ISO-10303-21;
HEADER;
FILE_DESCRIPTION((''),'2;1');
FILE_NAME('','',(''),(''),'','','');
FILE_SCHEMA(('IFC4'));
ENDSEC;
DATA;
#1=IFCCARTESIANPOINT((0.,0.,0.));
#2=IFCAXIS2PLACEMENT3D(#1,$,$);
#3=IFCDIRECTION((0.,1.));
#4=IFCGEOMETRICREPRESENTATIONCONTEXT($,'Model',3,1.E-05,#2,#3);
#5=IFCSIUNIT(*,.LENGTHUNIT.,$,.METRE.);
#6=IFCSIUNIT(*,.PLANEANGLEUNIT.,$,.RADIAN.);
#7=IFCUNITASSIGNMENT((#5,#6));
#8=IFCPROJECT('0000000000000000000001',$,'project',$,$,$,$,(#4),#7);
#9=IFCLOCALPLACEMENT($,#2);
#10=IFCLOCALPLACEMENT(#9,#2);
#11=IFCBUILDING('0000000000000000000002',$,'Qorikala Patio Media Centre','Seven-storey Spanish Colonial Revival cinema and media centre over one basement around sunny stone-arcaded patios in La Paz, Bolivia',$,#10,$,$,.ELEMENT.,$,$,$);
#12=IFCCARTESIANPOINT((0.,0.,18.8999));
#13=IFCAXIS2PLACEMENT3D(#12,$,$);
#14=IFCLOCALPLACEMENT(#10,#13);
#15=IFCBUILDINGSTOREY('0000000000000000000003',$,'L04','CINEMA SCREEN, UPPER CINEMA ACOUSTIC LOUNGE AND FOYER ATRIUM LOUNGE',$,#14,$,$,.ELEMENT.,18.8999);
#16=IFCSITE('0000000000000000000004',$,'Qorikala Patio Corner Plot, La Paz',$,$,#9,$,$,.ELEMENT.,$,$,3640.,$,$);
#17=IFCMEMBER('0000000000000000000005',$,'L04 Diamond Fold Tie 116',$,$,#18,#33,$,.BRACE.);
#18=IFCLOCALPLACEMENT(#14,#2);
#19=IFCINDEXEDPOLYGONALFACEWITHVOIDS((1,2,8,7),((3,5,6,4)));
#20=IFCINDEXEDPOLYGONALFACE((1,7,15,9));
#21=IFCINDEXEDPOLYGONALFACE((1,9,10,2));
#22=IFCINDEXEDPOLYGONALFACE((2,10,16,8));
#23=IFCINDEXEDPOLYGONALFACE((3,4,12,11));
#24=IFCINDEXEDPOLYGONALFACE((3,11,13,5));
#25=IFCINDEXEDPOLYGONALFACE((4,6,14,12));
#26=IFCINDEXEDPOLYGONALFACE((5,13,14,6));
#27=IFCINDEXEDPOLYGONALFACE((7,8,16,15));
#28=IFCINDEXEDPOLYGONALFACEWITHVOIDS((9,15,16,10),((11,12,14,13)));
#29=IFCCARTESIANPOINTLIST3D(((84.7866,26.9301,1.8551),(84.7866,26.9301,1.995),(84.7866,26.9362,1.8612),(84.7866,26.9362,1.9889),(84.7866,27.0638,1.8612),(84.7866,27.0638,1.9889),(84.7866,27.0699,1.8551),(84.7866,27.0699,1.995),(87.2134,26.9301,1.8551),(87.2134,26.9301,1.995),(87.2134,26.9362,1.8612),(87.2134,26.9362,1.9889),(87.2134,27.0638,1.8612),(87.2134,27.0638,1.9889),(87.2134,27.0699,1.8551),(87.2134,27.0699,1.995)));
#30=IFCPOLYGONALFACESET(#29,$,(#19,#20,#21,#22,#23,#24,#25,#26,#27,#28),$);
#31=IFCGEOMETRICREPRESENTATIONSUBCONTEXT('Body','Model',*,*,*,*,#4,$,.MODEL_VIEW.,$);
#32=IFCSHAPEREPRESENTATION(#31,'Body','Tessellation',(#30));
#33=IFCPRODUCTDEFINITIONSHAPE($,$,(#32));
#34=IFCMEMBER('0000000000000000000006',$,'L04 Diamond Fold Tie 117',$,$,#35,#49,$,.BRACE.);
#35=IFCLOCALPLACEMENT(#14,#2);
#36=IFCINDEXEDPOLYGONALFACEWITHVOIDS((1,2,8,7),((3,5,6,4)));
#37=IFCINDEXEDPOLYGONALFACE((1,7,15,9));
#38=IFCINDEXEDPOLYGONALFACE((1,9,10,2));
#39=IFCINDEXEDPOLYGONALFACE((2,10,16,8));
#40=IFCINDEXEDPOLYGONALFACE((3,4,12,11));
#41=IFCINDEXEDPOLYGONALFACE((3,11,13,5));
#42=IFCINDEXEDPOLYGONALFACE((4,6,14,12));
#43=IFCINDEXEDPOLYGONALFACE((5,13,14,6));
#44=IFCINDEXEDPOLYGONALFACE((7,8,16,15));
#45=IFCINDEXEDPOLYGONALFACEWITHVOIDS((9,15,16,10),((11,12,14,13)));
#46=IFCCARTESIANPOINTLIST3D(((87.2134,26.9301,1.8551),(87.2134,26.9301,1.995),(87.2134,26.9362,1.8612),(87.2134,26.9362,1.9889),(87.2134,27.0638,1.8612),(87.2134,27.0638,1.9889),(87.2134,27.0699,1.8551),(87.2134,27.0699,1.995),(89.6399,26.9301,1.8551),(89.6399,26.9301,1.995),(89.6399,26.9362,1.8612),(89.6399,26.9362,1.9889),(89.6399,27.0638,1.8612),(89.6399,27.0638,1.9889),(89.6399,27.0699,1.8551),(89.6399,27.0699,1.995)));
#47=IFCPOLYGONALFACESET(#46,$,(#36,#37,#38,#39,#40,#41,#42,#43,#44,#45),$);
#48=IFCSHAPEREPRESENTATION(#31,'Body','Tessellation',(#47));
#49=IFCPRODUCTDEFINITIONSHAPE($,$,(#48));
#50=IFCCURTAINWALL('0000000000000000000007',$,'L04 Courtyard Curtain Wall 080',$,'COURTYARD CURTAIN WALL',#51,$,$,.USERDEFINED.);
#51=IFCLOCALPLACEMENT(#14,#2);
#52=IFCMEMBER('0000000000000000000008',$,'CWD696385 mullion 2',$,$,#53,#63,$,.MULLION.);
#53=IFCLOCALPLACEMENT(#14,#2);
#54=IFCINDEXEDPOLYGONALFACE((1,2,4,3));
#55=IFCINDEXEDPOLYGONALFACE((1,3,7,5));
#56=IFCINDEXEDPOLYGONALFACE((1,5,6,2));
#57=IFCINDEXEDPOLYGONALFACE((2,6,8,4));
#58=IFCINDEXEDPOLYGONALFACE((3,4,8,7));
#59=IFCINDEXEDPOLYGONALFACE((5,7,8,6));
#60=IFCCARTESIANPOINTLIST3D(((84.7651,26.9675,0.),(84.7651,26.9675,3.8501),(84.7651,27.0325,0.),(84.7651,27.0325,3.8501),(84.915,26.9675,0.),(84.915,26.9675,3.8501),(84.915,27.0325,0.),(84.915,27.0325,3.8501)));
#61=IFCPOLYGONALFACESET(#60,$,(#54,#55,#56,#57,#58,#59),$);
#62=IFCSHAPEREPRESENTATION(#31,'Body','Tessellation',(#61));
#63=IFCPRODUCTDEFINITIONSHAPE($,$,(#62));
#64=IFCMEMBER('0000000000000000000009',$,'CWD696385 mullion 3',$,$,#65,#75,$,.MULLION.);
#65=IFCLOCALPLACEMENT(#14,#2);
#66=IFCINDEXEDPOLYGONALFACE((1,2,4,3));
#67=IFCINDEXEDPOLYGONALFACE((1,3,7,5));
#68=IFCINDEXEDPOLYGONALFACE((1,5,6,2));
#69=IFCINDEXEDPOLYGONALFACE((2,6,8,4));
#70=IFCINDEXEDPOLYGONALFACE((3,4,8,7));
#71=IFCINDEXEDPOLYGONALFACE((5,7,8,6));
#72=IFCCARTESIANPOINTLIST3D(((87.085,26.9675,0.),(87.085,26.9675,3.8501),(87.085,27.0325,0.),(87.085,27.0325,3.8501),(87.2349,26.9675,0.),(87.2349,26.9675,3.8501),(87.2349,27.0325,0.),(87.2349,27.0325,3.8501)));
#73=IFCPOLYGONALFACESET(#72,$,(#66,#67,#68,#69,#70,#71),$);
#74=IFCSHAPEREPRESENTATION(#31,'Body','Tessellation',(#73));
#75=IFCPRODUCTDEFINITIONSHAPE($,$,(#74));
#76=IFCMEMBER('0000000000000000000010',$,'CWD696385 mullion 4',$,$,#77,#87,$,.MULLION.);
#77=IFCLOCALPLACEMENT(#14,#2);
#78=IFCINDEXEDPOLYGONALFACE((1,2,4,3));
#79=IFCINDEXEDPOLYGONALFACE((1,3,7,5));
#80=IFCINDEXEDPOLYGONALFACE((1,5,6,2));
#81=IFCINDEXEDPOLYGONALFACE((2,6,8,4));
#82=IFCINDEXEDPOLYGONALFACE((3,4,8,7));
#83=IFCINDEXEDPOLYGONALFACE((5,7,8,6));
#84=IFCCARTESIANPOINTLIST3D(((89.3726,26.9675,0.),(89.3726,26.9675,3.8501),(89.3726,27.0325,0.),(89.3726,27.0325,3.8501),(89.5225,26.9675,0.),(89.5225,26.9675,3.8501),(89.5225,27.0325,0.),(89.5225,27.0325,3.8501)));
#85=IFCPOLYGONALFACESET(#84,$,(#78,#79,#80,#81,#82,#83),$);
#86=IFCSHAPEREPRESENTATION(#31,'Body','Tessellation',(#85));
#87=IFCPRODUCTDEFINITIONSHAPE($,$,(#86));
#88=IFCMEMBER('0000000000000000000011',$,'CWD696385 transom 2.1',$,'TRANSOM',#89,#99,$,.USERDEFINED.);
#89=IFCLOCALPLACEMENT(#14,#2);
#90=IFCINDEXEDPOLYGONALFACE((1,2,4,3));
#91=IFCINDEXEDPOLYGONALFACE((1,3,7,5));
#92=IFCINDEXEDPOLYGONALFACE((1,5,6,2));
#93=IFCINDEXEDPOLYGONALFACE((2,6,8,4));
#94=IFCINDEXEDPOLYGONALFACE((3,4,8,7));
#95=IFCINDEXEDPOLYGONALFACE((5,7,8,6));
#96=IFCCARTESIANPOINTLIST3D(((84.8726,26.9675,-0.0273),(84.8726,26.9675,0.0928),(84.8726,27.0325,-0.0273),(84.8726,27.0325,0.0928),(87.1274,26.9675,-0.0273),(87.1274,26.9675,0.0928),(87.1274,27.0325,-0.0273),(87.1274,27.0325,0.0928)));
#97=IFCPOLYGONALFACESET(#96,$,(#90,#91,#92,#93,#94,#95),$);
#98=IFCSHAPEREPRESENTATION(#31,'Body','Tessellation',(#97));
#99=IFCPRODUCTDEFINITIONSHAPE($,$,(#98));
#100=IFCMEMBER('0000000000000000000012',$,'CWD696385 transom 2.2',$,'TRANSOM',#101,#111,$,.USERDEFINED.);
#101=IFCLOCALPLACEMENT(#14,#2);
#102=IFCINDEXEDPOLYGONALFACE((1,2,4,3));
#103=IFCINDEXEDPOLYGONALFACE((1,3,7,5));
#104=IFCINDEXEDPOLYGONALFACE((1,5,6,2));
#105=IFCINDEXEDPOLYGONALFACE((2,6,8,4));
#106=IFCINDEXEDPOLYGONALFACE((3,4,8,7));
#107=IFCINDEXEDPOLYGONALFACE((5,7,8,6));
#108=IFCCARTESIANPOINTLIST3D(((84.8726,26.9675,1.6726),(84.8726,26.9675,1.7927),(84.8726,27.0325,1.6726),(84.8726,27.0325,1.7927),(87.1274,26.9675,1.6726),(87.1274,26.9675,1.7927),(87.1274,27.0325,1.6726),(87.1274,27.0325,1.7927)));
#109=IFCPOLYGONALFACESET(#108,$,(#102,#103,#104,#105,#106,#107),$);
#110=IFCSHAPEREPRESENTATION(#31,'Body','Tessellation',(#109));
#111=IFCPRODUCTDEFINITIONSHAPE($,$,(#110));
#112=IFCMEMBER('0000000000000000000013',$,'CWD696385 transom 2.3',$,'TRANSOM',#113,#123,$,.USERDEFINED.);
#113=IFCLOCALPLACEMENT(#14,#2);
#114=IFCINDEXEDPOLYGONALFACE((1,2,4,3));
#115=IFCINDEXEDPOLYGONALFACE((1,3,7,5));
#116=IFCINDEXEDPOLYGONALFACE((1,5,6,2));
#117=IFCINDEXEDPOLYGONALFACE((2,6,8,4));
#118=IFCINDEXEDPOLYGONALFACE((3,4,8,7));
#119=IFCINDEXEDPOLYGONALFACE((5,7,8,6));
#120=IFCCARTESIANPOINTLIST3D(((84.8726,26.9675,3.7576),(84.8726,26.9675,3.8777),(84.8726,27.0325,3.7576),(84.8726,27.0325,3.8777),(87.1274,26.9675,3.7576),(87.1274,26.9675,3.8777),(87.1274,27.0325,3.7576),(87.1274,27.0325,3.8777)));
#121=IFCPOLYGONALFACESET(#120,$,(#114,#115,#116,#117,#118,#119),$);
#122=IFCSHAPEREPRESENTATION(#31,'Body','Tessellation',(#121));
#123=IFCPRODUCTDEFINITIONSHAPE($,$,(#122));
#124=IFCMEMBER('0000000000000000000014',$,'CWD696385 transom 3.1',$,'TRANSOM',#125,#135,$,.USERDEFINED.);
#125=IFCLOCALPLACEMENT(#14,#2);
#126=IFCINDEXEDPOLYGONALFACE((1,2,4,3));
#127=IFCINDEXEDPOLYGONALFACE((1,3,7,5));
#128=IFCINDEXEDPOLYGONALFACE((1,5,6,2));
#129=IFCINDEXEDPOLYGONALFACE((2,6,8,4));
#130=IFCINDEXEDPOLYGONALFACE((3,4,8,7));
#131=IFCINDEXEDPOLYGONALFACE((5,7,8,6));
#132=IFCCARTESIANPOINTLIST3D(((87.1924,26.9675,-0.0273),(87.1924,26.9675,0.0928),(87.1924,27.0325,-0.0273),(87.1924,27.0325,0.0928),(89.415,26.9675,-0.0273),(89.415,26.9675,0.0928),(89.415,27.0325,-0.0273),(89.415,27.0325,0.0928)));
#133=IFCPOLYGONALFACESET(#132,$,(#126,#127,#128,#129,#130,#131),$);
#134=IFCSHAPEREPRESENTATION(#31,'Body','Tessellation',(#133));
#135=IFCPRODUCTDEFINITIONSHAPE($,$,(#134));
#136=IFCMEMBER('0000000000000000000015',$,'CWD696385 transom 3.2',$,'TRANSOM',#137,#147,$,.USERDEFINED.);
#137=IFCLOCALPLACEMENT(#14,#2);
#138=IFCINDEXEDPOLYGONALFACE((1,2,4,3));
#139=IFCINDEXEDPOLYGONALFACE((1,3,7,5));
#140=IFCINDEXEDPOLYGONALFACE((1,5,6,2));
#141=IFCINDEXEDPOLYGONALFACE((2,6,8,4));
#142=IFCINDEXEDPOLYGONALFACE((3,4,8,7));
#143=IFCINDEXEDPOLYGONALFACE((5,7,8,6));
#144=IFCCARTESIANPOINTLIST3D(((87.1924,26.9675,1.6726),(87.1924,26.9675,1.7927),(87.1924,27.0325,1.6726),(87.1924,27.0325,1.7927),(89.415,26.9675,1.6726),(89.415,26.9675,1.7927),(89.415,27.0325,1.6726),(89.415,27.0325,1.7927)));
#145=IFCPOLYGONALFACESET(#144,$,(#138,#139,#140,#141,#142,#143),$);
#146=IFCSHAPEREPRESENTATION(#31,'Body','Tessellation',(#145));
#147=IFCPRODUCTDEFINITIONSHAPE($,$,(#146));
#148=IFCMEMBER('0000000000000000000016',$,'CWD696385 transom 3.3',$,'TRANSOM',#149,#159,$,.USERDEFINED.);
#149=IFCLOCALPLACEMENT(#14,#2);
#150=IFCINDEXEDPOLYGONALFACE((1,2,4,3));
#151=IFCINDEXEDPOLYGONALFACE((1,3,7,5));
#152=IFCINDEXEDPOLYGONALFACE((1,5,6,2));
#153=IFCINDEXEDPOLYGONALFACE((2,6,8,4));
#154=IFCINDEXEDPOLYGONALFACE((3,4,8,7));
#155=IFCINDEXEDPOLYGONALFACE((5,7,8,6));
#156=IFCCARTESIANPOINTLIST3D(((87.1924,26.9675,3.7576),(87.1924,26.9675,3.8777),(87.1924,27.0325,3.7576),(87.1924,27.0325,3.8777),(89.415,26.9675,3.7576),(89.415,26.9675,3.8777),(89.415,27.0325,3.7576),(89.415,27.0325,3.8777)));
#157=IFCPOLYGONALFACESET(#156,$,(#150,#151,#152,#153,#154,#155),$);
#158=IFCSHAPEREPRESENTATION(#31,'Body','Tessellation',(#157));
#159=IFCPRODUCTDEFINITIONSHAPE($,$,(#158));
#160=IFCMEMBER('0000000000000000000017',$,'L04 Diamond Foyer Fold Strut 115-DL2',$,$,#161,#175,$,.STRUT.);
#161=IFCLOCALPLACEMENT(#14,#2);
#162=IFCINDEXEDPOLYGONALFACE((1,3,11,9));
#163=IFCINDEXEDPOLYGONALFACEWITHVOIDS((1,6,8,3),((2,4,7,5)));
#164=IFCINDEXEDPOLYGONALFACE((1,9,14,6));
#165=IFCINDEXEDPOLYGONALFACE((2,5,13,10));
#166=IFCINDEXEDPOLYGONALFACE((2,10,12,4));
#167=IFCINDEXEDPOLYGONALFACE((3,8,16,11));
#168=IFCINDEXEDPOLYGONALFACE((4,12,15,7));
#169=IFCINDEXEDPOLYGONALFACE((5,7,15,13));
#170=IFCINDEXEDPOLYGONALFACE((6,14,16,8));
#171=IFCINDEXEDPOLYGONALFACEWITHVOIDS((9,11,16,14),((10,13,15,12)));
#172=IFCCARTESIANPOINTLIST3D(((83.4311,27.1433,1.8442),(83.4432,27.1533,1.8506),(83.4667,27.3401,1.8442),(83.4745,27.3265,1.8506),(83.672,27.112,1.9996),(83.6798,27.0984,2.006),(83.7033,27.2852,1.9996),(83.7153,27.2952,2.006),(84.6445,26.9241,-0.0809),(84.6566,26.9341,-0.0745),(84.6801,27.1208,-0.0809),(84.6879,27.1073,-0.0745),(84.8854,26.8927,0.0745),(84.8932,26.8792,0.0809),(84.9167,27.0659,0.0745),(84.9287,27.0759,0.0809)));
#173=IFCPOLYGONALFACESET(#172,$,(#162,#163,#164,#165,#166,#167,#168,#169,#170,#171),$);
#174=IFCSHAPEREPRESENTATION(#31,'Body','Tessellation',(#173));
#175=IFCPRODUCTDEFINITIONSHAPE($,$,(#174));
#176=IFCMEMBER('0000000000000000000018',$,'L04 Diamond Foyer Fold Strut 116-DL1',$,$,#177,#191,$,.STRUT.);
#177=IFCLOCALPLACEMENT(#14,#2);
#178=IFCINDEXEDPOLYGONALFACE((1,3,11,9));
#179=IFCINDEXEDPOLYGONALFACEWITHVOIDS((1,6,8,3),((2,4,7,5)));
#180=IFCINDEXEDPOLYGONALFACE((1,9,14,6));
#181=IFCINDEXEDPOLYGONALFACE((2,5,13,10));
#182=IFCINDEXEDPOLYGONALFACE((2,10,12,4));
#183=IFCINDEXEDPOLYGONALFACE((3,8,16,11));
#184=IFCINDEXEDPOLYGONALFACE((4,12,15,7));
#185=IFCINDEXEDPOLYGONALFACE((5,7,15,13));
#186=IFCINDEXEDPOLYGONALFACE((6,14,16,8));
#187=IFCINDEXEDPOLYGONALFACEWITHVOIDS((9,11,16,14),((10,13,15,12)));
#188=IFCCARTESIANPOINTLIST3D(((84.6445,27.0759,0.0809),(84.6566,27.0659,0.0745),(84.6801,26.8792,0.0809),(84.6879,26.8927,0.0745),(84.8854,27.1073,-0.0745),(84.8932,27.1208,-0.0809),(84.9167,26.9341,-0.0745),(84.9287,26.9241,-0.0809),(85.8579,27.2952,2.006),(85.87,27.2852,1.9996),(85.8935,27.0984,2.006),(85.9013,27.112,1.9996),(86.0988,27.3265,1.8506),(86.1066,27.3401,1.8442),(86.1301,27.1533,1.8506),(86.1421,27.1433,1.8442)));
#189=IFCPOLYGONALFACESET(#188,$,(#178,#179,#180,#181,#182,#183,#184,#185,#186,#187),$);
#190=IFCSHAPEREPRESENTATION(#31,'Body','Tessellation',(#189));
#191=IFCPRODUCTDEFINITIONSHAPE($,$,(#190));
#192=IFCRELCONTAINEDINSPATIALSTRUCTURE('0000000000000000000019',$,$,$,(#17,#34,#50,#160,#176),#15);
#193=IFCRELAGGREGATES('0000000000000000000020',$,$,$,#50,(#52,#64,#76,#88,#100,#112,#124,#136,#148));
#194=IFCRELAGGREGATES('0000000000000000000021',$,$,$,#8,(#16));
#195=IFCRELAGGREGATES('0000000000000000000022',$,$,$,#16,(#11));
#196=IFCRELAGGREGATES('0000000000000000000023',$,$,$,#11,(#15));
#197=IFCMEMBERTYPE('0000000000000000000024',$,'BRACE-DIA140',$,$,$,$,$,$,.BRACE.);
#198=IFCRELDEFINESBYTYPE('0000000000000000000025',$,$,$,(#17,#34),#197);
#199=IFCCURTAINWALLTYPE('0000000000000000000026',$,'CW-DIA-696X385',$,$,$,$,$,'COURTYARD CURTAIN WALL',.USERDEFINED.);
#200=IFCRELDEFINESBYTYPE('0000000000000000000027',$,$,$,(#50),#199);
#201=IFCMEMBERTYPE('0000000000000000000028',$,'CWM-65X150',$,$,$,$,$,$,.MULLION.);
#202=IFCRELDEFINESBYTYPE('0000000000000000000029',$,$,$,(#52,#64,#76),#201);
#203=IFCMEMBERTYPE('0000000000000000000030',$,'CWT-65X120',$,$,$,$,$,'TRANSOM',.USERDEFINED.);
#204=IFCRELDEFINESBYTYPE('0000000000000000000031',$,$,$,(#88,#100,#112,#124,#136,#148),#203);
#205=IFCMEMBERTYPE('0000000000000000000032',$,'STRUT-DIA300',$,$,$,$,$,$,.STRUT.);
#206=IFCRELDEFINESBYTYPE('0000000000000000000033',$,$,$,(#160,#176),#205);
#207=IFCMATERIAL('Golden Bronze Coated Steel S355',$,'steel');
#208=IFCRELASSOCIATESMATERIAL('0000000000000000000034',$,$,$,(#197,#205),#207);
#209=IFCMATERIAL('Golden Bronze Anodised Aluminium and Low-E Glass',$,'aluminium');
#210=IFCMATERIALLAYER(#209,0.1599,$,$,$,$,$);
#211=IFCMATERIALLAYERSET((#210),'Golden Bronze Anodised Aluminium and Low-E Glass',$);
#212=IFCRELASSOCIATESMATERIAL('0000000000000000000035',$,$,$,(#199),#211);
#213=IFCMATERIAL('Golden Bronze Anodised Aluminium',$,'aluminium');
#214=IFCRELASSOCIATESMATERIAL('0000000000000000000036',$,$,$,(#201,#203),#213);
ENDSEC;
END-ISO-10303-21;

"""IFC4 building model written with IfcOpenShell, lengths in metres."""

from ifc_helpers import new_model, si_unit, direction, frame, origin, origin_2d, place, context, subcontext, project, spatial, rectangle, hollow_rectangle, extrude, material, layer, layer_set, material_profile, profile_set, type_object, element, aggregate, save


model = new_model("IFC4")

# Units and contexts
model_context = context("Model", 3, precision=1e-05, world=origin(), true_north=direction((0.0, 1.0)))
body_context = subcontext(model_context, "Body", "Model", "MODEL_VIEW")
ifc_project = project(units=[si_unit("LENGTHUNIT", "METRE"), si_unit("PLANEANGLEUNIT", "RADIAN")], contexts=[model_context])

# Site, building, storey
site_placement = place(None, origin())
site = spatial("IfcSite", under=ifc_project, at=site_placement, Name="Qorikala Patio Corner Plot, La Paz", CompositionType="ELEMENT", RefElevation=3640.0)
building_placement = place(site_placement, origin())
building = spatial("IfcBuilding", under=site, at=building_placement, Name="Qorikala Patio Media Centre", Description="Seven-storey Spanish Colonial Revival cinema and media centre over one basement around sunny stone-arcaded patios in La Paz, Bolivia", CompositionType="ELEMENT")
storey_placement = place(building_placement, frame((0.0, 0.0, 18.8999)))
storey = spatial("IfcBuildingStorey", under=building, at=storey_placement, Name="L04", Description="CINEMA SCREEN, UPPER CINEMA ACOUSTIC LOUNGE AND FOYER ATRIUM LOUNGE", CompositionType="ELEMENT", Elevation=18.8999)

# Members
ifc_material_1 = material(Name="Golden Bronze Coated Steel S355", Category="steel")
ifc_material_profile_1 = material_profile(ifc_material_1, hollow_rectangle(XDim=0.1399, YDim=0.1399, WallThickness=0.0061, at=origin_2d()), Name="HSS140X140X6")
ifc_profile_set_1 = profile_set([ifc_material_profile_1], Name="Golden Bronze Coated Steel S355")
member_type_1 = type_object("IfcMemberType", Name="BRACE-DIA140", PredefinedType="BRACE", material=ifc_profile_set_1)
member_1_placement = place(storey_placement, frame((84.7866, 27.0, 1.925), z_axis=(1.0, 0.0, 0.0), x_axis=(0.0, 1.0, 0.0)))
element("IfcMember", 1, at=member_1_placement, inside=storey, type_object=member_type_1, Name="L04 Diamond Fold Tie 116", PredefinedType="BRACE", context=body_context, shape_type="SweptSolid", body=[
    extrude(hollow_rectangle(XDim=0.1399, YDim=0.1399, WallThickness=0.0061, at=origin_2d()), origin(), (0.0, 0.0, 1.0), 2.4268),
])
member_2_placement = place(storey_placement, frame((87.2134, 27.0, 1.925), z_axis=(1.0, 0.0, 0.0), x_axis=(0.0, 1.0, 0.0)))
element("IfcMember", 2, at=member_2_placement, inside=storey, type_object=member_type_1, Name="L04 Diamond Fold Tie 117", PredefinedType="BRACE", context=body_context, shape_type="SweptSolid", body=[
    extrude(hollow_rectangle(XDim=0.1399, YDim=0.1399, WallThickness=0.0061, at=origin_2d()), origin(), (0.0, 0.0, 1.0), 2.4265),
])

# Curtain wall, members
ifc_material_2 = material(Name="Golden Bronze Anodised Aluminium and Low-E Glass", Category="aluminium")
ifc_layer_1 = layer(ifc_material_2, 0.1599)
ifc_layer_set_1 = layer_set([ifc_layer_1], Name="Golden Bronze Anodised Aluminium and Low-E Glass")
curtain_wall_type = type_object("IfcCurtainWallType", Name="CW-DIA-696X385", ElementType="COURTYARD CURTAIN WALL", PredefinedType="USERDEFINED", material=ifc_layer_set_1)
curtain_wall_placement = place(storey_placement, origin())
curtain_wall = element("IfcCurtainWall", 3, at=curtain_wall_placement, inside=storey, type_object=curtain_wall_type, Name="L04 Courtyard Curtain Wall 080", ObjectType="COURTYARD CURTAIN WALL", PredefinedType="USERDEFINED")
ifc_material_3 = material(Name="Golden Bronze Anodised Aluminium", Category="aluminium")
ifc_material_profile_2 = material_profile(ifc_material_3, rectangle(XDim=0.0649, YDim=0.1499, at=origin_2d()), Name="ALU MULLION 65x150")
ifc_profile_set_2 = profile_set([ifc_material_profile_2], Name="Golden Bronze Anodised Aluminium")
member_type_2 = type_object("IfcMemberType", Name="CWM-65X150", PredefinedType="MULLION", material=ifc_profile_set_2)
member_3_placement = place(storey_placement, frame((84.8401, 27.0, 0.0), z_axis=(0.0, 0.0, 1.0), x_axis=(0.0, 1.0, 0.0)))
member_3 = element("IfcMember", 4, at=member_3_placement, type_object=member_type_2, Name="CWD696385 mullion 2", PredefinedType="MULLION", context=body_context, shape_type="SweptSolid", body=[
    extrude(rectangle(XDim=0.0649, YDim=0.1499, at=origin_2d()), origin(), (0.0, 0.0, 1.0), 3.8501),
])
member_4_placement = place(storey_placement, frame((87.1599, 27.0, 0.0), z_axis=(0.0, 0.0, 1.0), x_axis=(0.0, 1.0, 0.0)))
member_4 = element("IfcMember", 5, at=member_4_placement, type_object=member_type_2, Name="CWD696385 mullion 3", PredefinedType="MULLION", context=body_context, shape_type="SweptSolid", body=[
    extrude(rectangle(XDim=0.0649, YDim=0.1499, at=origin_2d()), origin(), (0.0, 0.0, 1.0), 3.8501),
])
member_5_placement = place(storey_placement, frame((89.4475, 27.0, 0.0), z_axis=(0.0, 0.0, 1.0), x_axis=(0.0, 1.0, 0.0)))
member_5 = element("IfcMember", 6, at=member_5_placement, type_object=member_type_2, Name="CWD696385 mullion 4", PredefinedType="MULLION", context=body_context, shape_type="SweptSolid", body=[
    extrude(rectangle(XDim=0.0649, YDim=0.1499, at=origin_2d()), origin(), (0.0, 0.0, 1.0), 3.8501),
])
ifc_material_profile_3 = material_profile(ifc_material_3, rectangle(XDim=0.0649, YDim=0.1201, at=origin_2d()), Name="ALU TRANSOM 65x120")
ifc_profile_set_3 = profile_set([ifc_material_profile_3], Name="Golden Bronze Anodised Aluminium")
member_type_3 = type_object("IfcMemberType", Name="CWT-65X120", ElementType="TRANSOM", PredefinedType="USERDEFINED", material=ifc_profile_set_3)
member_6_placement = place(storey_placement, frame((84.8726, 27.0, 0.0327), z_axis=(1.0, 0.0, 0.0), x_axis=(0.0, 1.0, 0.0)))
member_6 = element("IfcMember", 7, at=member_6_placement, type_object=member_type_3, Name="CWD696385 transom 2.1", ObjectType="TRANSOM", PredefinedType="USERDEFINED", context=body_context, shape_type="SweptSolid", body=[
    extrude(rectangle(XDim=0.0649, YDim=0.1201, at=origin_2d()), origin(), (0.0, 0.0, 1.0), 2.2549),
])
member_7_placement = place(storey_placement, frame((84.8726, 27.0, 1.7327), z_axis=(1.0, 0.0, 0.0), x_axis=(0.0, 1.0, 0.0)))
member_7 = element("IfcMember", 8, at=member_7_placement, type_object=member_type_3, Name="CWD696385 transom 2.2", ObjectType="TRANSOM", PredefinedType="USERDEFINED", context=body_context, shape_type="SweptSolid", body=[
    extrude(rectangle(XDim=0.0649, YDim=0.1201, at=origin_2d()), origin(), (0.0, 0.0, 1.0), 2.2549),
])
member_8_placement = place(storey_placement, frame((84.8726, 27.0, 3.8176), z_axis=(1.0, 0.0, 0.0), x_axis=(0.0, 1.0, 0.0)))
member_8 = element("IfcMember", 9, at=member_8_placement, type_object=member_type_3, Name="CWD696385 transom 2.3", ObjectType="TRANSOM", PredefinedType="USERDEFINED", context=body_context, shape_type="SweptSolid", body=[
    extrude(rectangle(XDim=0.0649, YDim=0.1201, at=origin_2d()), origin(), (0.0, 0.0, 1.0), 2.2549),
])
member_9_placement = place(storey_placement, frame((87.1924, 27.0, 0.0327), z_axis=(1.0, 0.0, 0.0), x_axis=(0.0, 1.0, 0.0)))
member_9 = element("IfcMember", 10, at=member_9_placement, type_object=member_type_3, Name="CWD696385 transom 3.1", ObjectType="TRANSOM", PredefinedType="USERDEFINED", context=body_context, shape_type="SweptSolid", body=[
    extrude(rectangle(XDim=0.0649, YDim=0.1201, at=origin_2d()), origin(), (0.0, 0.0, 1.0), 2.2227),
])
member_10_placement = place(storey_placement, frame((87.1924, 27.0, 1.7327), z_axis=(1.0, 0.0, 0.0), x_axis=(0.0, 1.0, 0.0)))
member_10 = element("IfcMember", 11, at=member_10_placement, type_object=member_type_3, Name="CWD696385 transom 3.2", ObjectType="TRANSOM", PredefinedType="USERDEFINED", context=body_context, shape_type="SweptSolid", body=[
    extrude(rectangle(XDim=0.0649, YDim=0.1201, at=origin_2d()), origin(), (0.0, 0.0, 1.0), 2.2227),
])
member_11_placement = place(storey_placement, frame((87.1924, 27.0, 3.8176), z_axis=(1.0, 0.0, 0.0), x_axis=(0.0, 1.0, 0.0)))
member_11 = element("IfcMember", 12, at=member_11_placement, type_object=member_type_3, Name="CWD696385 transom 3.3", ObjectType="TRANSOM", PredefinedType="USERDEFINED", context=body_context, shape_type="SweptSolid", body=[
    extrude(rectangle(XDim=0.0649, YDim=0.1201, at=origin_2d()), origin(), (0.0, 0.0, 1.0), 2.2227),
])

# Members
ifc_material_profile_4 = material_profile(ifc_material_1, hollow_rectangle(XDim=0.2, YDim=0.3, WallThickness=0.012, at=origin_2d()), Name="HSS300X200X12")
ifc_profile_set_4 = profile_set([ifc_material_profile_4], Name="Golden Bronze Coated Steel S355")
member_type_4 = type_object("IfcMemberType", Name="STRUT-DIA300", PredefinedType="STRUT", material=ifc_profile_set_4)
for number, where, z_axis, x_axis, name in (
    (13, (84.7866, 27.0, 0.0), (-0.530768, 0.095901, 0.842074), (-0.177805, -0.984066, 0.0), "L04 Diamond Foyer Fold Strut 115-DL2"),
    (14, (84.7866, 27.0, 0.0), (0.530768, 0.095901, 0.842074), (-0.177805, 0.984066, 0.0), "L04 Diamond Foyer Fold Strut 116-DL1"),
):
    element("IfcMember", number, at=place(storey_placement, frame(where, z_axis=z_axis, x_axis=x_axis)), inside=storey, type_object=member_type_4, Name=name, PredefinedType="STRUT", context=body_context, shape_type="SweptSolid", body=[
        extrude(hollow_rectangle(XDim=0.2, YDim=0.3, WallThickness=0.012, at=origin_2d()), origin(), (0.0, 0.0, 1.0), 2.2861),
    ])

aggregate(curtain_wall, [member_3, member_4, member_5, member_6, member_7, member_8, member_9, member_10, member_11])

save(model, "model.ifc")
